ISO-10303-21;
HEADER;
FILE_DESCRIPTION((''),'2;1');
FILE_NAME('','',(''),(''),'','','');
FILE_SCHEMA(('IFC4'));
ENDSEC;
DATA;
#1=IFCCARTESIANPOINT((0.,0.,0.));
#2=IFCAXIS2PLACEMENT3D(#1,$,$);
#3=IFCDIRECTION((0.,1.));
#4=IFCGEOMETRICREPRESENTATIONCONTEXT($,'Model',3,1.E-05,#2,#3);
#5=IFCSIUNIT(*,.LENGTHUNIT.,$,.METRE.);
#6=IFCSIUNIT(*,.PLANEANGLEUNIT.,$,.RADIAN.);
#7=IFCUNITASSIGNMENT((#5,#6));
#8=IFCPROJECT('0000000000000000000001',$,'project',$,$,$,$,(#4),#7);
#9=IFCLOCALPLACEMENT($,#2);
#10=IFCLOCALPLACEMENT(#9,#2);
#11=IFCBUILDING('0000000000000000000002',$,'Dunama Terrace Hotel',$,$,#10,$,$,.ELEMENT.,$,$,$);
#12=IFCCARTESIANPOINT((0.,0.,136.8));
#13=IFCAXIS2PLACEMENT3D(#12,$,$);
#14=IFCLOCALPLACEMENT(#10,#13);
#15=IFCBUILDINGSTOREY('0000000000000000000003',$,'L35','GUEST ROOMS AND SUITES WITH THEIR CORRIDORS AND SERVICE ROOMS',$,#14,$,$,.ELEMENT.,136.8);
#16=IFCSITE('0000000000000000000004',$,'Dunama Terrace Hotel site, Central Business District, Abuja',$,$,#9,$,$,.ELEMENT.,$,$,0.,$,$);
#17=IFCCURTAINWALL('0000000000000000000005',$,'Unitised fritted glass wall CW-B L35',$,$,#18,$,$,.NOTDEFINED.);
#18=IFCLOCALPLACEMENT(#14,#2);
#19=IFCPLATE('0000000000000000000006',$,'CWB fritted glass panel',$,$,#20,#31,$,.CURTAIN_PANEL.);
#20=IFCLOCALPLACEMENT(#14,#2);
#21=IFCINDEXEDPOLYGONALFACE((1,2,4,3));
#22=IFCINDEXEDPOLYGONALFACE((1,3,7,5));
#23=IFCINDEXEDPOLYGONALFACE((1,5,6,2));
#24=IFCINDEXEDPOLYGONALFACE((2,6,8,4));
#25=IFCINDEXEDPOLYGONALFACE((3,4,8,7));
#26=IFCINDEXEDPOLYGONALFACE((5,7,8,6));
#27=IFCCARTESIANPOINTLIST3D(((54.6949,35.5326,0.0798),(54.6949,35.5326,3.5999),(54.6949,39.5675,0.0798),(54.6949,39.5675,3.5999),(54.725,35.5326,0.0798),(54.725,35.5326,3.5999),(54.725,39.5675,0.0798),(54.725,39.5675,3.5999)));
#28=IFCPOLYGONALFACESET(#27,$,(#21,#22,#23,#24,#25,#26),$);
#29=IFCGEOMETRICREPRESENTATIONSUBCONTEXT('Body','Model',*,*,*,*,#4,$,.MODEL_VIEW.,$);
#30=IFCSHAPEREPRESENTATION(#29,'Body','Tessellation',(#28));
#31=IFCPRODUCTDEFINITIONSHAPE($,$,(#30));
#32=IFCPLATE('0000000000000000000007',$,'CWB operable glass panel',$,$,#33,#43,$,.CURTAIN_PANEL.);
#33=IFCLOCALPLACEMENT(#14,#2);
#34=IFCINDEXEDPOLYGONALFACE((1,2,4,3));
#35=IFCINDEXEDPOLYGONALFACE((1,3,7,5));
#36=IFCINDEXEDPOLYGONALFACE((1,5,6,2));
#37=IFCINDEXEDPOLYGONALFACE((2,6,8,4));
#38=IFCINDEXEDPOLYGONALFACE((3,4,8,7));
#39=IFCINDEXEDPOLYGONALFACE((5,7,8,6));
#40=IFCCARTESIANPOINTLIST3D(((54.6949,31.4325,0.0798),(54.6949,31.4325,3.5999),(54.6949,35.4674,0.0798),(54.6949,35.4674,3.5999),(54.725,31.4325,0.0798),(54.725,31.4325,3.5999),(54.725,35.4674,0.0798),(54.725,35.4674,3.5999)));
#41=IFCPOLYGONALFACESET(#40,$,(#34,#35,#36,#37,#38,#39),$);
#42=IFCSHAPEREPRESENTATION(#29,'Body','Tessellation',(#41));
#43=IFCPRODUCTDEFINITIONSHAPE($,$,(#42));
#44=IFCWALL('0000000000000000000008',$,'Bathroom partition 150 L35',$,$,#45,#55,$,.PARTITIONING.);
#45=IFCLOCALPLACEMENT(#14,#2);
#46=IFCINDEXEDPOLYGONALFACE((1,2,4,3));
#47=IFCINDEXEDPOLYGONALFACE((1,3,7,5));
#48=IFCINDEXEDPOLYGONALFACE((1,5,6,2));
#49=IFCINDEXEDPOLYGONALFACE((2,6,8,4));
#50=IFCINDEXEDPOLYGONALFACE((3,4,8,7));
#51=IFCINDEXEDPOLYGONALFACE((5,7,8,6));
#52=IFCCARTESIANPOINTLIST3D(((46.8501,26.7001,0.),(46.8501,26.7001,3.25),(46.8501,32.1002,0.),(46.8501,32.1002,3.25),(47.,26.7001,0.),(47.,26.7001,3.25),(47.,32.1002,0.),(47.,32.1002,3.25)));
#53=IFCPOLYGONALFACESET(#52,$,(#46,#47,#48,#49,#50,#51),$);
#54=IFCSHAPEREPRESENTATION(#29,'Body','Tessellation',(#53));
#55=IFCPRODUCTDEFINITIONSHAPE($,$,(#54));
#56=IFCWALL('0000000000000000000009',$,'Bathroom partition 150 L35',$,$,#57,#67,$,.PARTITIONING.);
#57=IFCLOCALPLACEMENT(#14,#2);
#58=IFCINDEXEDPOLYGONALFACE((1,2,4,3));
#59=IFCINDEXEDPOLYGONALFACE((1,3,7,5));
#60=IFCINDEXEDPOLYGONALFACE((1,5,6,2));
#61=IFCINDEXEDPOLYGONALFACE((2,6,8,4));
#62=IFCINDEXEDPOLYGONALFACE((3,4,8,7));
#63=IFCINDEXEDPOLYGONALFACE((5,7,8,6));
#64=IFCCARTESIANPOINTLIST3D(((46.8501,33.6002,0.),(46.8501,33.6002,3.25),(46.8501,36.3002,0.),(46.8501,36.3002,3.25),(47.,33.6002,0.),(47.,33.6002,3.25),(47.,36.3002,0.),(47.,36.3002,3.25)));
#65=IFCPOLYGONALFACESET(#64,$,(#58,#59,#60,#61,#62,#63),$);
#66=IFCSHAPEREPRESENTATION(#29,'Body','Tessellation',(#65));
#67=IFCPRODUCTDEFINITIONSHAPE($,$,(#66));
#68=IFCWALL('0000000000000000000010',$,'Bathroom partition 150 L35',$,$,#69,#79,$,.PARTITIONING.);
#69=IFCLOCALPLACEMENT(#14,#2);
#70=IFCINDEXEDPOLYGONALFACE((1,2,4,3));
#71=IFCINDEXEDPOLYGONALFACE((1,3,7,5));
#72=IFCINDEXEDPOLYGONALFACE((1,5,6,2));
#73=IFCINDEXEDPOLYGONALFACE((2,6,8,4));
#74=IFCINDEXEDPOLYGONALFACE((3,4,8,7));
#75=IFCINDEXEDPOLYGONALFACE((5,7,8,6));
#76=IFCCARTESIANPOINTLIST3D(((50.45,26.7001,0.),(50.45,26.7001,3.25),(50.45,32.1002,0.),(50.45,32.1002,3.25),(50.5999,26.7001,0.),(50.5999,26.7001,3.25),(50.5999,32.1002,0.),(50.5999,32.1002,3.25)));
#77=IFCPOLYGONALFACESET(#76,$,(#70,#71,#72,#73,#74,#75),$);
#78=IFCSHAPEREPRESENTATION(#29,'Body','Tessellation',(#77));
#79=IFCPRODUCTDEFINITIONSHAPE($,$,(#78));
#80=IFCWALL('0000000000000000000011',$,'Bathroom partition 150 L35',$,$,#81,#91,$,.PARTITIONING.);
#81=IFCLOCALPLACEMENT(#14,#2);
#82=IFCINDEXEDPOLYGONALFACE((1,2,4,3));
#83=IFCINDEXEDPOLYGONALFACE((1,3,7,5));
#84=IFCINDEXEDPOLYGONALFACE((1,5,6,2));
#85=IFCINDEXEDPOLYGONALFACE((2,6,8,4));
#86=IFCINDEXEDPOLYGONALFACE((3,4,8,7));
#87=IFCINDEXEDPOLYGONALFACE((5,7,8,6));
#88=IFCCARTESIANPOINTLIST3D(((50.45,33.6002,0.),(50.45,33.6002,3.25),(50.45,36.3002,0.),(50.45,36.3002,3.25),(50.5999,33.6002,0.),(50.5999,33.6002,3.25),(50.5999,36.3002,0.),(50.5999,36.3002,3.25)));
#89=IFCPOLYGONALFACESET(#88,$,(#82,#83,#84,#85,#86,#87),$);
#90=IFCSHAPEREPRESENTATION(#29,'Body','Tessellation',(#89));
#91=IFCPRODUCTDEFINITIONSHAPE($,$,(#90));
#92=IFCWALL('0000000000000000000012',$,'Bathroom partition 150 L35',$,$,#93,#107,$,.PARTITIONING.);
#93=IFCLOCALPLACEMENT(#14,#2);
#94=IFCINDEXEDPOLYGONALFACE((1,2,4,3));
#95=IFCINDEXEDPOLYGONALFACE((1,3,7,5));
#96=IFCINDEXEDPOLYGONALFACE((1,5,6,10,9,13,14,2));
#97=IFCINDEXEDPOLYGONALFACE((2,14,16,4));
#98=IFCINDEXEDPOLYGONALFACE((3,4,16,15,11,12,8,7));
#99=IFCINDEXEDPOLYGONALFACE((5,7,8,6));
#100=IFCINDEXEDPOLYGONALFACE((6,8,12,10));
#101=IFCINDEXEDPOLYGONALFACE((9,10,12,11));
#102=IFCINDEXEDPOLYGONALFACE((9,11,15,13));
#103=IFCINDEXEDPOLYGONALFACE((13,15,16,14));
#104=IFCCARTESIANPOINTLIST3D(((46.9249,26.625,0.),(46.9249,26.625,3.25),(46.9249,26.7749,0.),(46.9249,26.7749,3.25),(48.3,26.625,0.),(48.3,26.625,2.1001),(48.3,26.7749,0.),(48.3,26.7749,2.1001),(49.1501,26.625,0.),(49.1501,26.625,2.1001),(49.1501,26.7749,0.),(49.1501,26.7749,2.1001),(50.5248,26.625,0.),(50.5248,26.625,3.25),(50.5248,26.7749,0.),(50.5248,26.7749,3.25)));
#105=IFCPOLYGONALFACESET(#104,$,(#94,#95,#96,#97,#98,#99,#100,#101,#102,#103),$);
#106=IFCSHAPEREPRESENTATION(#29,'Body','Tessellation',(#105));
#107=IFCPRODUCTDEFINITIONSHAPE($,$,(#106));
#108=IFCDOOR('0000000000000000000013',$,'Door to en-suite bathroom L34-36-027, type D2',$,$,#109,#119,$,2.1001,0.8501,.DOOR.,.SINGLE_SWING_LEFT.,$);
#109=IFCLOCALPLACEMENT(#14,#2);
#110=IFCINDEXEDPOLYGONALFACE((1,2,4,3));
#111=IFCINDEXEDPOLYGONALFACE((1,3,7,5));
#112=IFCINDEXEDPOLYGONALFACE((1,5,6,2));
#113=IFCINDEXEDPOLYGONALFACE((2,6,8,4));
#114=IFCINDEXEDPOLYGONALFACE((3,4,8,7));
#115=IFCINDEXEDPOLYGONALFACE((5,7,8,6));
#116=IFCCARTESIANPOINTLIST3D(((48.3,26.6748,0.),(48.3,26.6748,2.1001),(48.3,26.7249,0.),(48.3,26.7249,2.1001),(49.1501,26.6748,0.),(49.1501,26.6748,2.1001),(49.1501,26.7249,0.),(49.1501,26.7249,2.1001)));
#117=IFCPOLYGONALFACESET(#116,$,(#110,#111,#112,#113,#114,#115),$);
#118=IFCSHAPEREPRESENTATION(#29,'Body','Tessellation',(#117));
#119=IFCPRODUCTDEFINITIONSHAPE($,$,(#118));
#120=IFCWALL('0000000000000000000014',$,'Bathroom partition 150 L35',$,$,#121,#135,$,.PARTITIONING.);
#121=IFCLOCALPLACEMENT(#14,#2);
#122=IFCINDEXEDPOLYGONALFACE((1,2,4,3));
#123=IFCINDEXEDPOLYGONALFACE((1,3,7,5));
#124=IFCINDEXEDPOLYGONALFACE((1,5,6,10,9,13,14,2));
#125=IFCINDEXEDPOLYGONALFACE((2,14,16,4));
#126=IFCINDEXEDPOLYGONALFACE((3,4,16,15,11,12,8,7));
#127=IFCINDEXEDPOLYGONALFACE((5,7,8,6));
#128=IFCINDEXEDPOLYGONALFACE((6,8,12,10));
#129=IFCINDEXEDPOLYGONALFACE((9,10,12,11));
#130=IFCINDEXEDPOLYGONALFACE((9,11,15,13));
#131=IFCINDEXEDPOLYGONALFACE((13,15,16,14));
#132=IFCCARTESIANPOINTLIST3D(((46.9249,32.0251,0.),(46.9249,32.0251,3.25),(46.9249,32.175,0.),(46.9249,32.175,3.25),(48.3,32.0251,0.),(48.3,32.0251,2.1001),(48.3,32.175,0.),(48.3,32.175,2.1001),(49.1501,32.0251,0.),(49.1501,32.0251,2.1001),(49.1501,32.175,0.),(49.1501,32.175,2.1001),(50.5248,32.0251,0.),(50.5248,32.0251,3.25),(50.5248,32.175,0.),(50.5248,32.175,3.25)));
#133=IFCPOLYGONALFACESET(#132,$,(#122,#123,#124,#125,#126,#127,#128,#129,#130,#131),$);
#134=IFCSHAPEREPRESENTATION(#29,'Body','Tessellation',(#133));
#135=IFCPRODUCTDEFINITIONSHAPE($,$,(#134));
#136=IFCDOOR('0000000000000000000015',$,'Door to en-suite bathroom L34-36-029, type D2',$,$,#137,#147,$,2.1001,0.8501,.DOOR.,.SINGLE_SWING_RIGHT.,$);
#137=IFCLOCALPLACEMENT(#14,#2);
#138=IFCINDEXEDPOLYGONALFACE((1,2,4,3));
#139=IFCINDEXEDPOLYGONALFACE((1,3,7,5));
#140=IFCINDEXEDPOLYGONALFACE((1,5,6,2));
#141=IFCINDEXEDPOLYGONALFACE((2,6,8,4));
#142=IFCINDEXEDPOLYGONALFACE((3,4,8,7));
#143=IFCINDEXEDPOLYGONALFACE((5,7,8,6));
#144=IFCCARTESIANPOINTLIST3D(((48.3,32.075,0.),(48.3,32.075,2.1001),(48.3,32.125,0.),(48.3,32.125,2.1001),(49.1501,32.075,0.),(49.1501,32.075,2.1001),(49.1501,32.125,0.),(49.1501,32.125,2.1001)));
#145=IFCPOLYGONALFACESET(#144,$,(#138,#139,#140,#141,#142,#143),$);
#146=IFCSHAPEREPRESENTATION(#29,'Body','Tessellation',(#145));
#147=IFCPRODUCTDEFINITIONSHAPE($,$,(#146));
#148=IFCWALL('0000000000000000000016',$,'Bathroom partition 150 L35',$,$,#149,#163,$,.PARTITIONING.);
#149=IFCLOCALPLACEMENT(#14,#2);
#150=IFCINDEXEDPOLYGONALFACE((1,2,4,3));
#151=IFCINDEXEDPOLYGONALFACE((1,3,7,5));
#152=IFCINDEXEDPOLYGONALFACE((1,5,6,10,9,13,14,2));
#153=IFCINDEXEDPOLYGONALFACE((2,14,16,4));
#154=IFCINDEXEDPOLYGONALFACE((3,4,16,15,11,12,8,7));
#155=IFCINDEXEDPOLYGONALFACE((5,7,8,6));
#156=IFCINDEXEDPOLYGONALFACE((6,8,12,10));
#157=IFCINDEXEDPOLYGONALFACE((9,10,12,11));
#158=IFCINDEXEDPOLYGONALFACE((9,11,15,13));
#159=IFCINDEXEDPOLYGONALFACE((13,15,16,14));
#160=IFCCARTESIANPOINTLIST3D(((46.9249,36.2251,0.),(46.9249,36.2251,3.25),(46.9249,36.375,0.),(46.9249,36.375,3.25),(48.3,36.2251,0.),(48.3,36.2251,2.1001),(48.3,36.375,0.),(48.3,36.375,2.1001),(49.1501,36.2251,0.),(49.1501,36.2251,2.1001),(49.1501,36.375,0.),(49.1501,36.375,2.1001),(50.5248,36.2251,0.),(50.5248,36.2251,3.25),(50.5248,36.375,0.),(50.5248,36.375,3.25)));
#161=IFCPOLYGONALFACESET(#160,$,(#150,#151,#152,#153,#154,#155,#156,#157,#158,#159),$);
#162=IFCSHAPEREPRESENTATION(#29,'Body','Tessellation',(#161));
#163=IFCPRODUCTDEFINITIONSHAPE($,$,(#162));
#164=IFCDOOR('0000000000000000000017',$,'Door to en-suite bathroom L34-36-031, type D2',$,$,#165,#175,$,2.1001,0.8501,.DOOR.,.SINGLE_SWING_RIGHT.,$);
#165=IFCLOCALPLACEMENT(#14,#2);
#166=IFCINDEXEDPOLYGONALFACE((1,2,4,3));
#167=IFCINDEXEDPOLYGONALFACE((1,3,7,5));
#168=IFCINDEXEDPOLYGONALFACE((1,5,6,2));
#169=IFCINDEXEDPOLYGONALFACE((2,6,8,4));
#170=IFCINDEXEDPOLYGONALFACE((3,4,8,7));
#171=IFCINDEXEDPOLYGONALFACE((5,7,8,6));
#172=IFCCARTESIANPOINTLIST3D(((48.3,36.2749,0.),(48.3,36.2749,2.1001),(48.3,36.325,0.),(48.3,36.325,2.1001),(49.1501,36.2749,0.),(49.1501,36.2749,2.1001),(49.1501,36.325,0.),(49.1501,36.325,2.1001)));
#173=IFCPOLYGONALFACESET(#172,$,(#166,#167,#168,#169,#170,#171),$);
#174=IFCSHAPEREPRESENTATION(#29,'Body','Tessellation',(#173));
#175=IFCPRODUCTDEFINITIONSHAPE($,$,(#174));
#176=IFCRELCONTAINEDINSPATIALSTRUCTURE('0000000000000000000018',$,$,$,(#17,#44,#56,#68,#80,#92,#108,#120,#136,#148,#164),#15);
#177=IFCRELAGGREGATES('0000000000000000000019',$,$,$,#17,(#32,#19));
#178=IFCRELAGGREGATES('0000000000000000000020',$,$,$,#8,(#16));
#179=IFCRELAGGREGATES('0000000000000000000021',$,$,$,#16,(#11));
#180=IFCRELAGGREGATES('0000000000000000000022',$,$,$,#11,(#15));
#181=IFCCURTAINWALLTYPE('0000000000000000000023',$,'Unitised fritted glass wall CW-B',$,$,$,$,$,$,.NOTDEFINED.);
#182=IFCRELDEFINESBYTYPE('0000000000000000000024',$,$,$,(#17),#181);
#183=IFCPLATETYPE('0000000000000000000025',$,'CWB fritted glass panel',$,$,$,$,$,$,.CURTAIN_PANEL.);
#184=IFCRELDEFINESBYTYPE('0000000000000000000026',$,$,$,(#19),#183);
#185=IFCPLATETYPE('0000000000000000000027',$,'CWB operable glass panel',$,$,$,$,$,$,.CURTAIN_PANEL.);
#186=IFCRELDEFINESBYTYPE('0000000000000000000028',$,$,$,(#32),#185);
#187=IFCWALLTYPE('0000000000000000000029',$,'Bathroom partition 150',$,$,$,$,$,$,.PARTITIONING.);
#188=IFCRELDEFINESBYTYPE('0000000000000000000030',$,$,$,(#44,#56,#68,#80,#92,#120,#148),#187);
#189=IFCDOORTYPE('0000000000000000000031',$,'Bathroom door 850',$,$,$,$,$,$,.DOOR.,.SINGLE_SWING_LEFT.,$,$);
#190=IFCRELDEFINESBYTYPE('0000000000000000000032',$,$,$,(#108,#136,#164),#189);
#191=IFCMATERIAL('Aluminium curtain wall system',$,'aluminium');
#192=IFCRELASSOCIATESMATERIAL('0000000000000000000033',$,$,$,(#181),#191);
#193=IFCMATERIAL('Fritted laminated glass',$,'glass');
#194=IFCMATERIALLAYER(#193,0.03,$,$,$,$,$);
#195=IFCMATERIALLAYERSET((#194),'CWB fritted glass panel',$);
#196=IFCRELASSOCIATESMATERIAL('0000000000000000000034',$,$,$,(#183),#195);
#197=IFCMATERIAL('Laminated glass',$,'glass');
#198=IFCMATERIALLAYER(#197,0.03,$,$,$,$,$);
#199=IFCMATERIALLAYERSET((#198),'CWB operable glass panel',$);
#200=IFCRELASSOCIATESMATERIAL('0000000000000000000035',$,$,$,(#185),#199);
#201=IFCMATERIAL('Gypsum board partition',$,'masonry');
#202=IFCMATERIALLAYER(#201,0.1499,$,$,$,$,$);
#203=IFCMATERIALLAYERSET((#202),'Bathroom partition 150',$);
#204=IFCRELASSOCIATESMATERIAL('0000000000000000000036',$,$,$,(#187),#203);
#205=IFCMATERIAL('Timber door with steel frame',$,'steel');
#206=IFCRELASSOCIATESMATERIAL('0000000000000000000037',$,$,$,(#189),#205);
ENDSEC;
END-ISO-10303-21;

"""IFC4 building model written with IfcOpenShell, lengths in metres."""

from ifc_helpers import new_model, si_unit, direction, frame, frame_2d, origin, origin_2d, place, context, subcontext, project, spatial, rectangle, extrude, material, layer, layer_set, type_object, element, fill, aggregate, save


model = new_model("IFC4")

# Units and contexts
model_context = context("Model", 3, precision=1e-05, world=origin(), true_north=direction((0.0, 1.0)))
body_context = subcontext(model_context, "Body", "Model", "MODEL_VIEW")
ifc_project = project(units=[si_unit("LENGTHUNIT", "METRE"), si_unit("PLANEANGLEUNIT", "RADIAN")], contexts=[model_context])

# Site, building, storey
site_placement = place(None, origin())
site = spatial("IfcSite", under=ifc_project, at=site_placement, Name="Dunama Terrace Hotel site, Central Business District, Abuja", CompositionType="ELEMENT", RefElevation=0.0)
building_placement = place(site_placement, origin())
building = spatial("IfcBuilding", under=site, at=building_placement, Name="Dunama Terrace Hotel", CompositionType="ELEMENT")
storey_placement = place(building_placement, frame((0.0, 0.0, 136.8)))
storey = spatial("IfcBuildingStorey", under=building, at=storey_placement, Name="L35", Description="GUEST ROOMS AND SUITES WITH THEIR CORRIDORS AND SERVICE ROOMS", CompositionType="ELEMENT", Elevation=136.8)

# Curtain wall
ifc_material_1 = material(Name="Aluminium curtain wall system", Category="aluminium")
curtain_wall_type = type_object("IfcCurtainWallType", Name="Unitised fritted glass wall CW-B", PredefinedType="NOTDEFINED", material=ifc_material_1)
curtain_wall_placement = place(storey_placement, origin())
curtain_wall = element("IfcCurtainWall", 1, at=curtain_wall_placement, inside=storey, type_object=curtain_wall_type, Name="Unitised fritted glass wall CW-B L35", PredefinedType="NOTDEFINED")

# Plates
ifc_material_2 = material(Name="Fritted laminated glass", Category="glass")
ifc_layer_1 = layer(ifc_material_2, 0.03)
ifc_layer_set_1 = layer_set([ifc_layer_1], Name="CWB fritted glass panel")
plate_type_1 = type_object("IfcPlateType", Name="CWB fritted glass panel", PredefinedType="CURTAIN_PANEL", material=ifc_layer_set_1)
plate_1_placement = place(storey_placement, frame((54.71, 37.55, 0.0798), z_axis=(0.0, 0.0, 1.0), x_axis=(0.0, 1.0, 0.0)))
plate_1 = element("IfcPlate", 2, at=plate_1_placement, type_object=plate_type_1, Name="CWB fritted glass panel", PredefinedType="CURTAIN_PANEL", context=body_context, shape_type="SweptSolid", body=[
    extrude(rectangle(XDim=4.0349, YDim=0.03, at=origin_2d()), origin(), (0.0, 0.0, 1.0), 3.52),
])
ifc_material_3 = material(Name="Laminated glass", Category="glass")
ifc_layer_2 = layer(ifc_material_3, 0.03)
ifc_layer_set_2 = layer_set([ifc_layer_2], Name="CWB operable glass panel")
plate_type_2 = type_object("IfcPlateType", Name="CWB operable glass panel", PredefinedType="CURTAIN_PANEL", material=ifc_layer_set_2)
plate_2_placement = place(storey_placement, frame((54.71, 33.45, 0.0798), z_axis=(0.0, 0.0, 1.0), x_axis=(0.0, 1.0, 0.0)))
plate_2 = element("IfcPlate", 3, at=plate_2_placement, type_object=plate_type_2, Name="CWB operable glass panel", PredefinedType="CURTAIN_PANEL", context=body_context, shape_type="SweptSolid", body=[
    extrude(rectangle(XDim=4.0349, YDim=0.03, at=origin_2d()), origin(), (0.0, 0.0, 1.0), 3.52),
])
aggregate(curtain_wall, [plate_2, plate_1])

# Walls
ifc_material_4 = material(Name="Gypsum board partition", Category="masonry")
ifc_layer_3 = layer(ifc_material_4, 0.1499)
ifc_layer_set_3 = layer_set([ifc_layer_3], Name="Bathroom partition 150")
wall_type = type_object("IfcWallType", Name="Bathroom partition 150", PredefinedType="PARTITIONING", material=ifc_layer_set_3)
wall_1_placement = place(storey_placement, frame((46.925, 26.7, 0.0), z_axis=(0.0, 0.0, 1.0), x_axis=(0.0, 1.0, 0.0)))
element("IfcWall", 4, at=wall_1_placement, inside=storey, type_object=wall_type, Name="Bathroom partition 150 L35", PredefinedType="PARTITIONING", context=body_context, shape_type="SweptSolid", body=[
    extrude(rectangle(XDim=5.4001, YDim=0.1499, at=frame_2d((2.7002, 0.0))), origin(), (0.0, 0.0, 1.0), 3.25),
])
wall_2_placement = place(storey_placement, frame((46.925, 33.6001, 0.0), z_axis=(0.0, 0.0, 1.0), x_axis=(0.0, 1.0, 0.0)))
element("IfcWall", 5, at=wall_2_placement, inside=storey, type_object=wall_type, Name="Bathroom partition 150 L35", PredefinedType="PARTITIONING", context=body_context, shape_type="SweptSolid", body=[
    extrude(rectangle(XDim=2.7, YDim=0.1499, at=frame_2d((1.3501, 0.0))), origin(), (0.0, 0.0, 1.0), 3.25),
])
wall_3_placement = place(storey_placement, frame((50.5249, 26.7, 0.0), z_axis=(0.0, 0.0, 1.0), x_axis=(0.0, 1.0, 0.0)))
element("IfcWall", 6, at=wall_3_placement, inside=storey, type_object=wall_type, Name="Bathroom partition 150 L35", PredefinedType="PARTITIONING", context=body_context, shape_type="SweptSolid", body=[
    extrude(rectangle(XDim=5.4001, YDim=0.1499, at=frame_2d((2.7002, 0.0))), origin(), (0.0, 0.0, 1.0), 3.25),
])
wall_4_placement = place(storey_placement, frame((50.5249, 33.6001, 0.0), z_axis=(0.0, 0.0, 1.0), x_axis=(0.0, 1.0, 0.0)))
element("IfcWall", 7, at=wall_4_placement, inside=storey, type_object=wall_type, Name="Bathroom partition 150 L35", PredefinedType="PARTITIONING", context=body_context, shape_type="SweptSolid", body=[
    extrude(rectangle(XDim=2.7, YDim=0.1499, at=frame_2d((1.3501, 0.0))), origin(), (0.0, 0.0, 1.0), 3.25),
])

# Walls, openings, doors
wall_5_placement = place(storey_placement, frame((46.925, 26.7, 0.0), z_axis=(0.0, 0.0, 1.0), x_axis=(1.0, 0.0, 0.0)))
wall_5 = element("IfcWall", 8, at=wall_5_placement, inside=storey, type_object=wall_type, Name="Bathroom partition 150 L35", PredefinedType="PARTITIONING", context=body_context, shape_type="SweptSolid", body=[
    extrude(rectangle(XDim=3.5999, YDim=0.1499, at=frame_2d((1.7998, 0.0))), origin(), (0.0, 0.0, 1.0), 3.25),
])
opening_1_placement = place(wall_5_placement, frame((1.375, 0.0, 0.0)))
opening_1 = element("IfcOpeningElement", 9, at=opening_1_placement, cuts=wall_5, PredefinedType="OPENING", context=body_context, shape_type="SweptSolid", body=[
    extrude(rectangle(XDim=0.8501, YDim=2.1001, at=frame_2d((0.425, 1.05))), frame((0.0, 0.085, 0.0), z_axis=(0.0, -1.0, 0.0), x_axis=(1.0, 0.0, 0.0)), (0.0, 0.0, 1.0), 0.1699),
])
ifc_material_5 = material(Name="Timber door with steel frame", Category="steel")
door_type = type_object("IfcDoorType", Name="Bathroom door 850", OperationType="SINGLE_SWING_LEFT", PredefinedType="DOOR", material=ifc_material_5)
door_1_placement = place(opening_1_placement, origin())
door_1 = element("IfcDoor", 10, at=door_1_placement, inside=storey, type_object=door_type, Name="Door to en-suite bathroom L34-36-027, type D2", OperationType="SINGLE_SWING_LEFT", OverallHeight=2.1001, OverallWidth=0.8501, PredefinedType="DOOR", context=body_context, shape_type="SweptSolid", body=[
    extrude(rectangle(XDim=0.8501, YDim=2.1001, at=frame_2d((0.425, 1.05))), frame((0.0, 0.0249, 0.0), z_axis=(0.0, -1.0, 0.0), x_axis=(1.0, 0.0, 0.0)), (0.0, 0.0, 1.0), 0.05),
])
fill(opening_1, door_1)
wall_6_placement = place(storey_placement, frame((46.925, 32.1001, 0.0), z_axis=(0.0, 0.0, 1.0), x_axis=(1.0, 0.0, 0.0)))
wall_6 = element("IfcWall", 11, at=wall_6_placement, inside=storey, type_object=wall_type, Name="Bathroom partition 150 L35", PredefinedType="PARTITIONING", context=body_context, shape_type="SweptSolid", body=[
    extrude(rectangle(XDim=3.5999, YDim=0.1499, at=frame_2d((1.7998, 0.0))), origin(), (0.0, 0.0, 1.0), 3.25),
])
opening_2_placement = place(wall_6_placement, frame((1.375, 0.0, 0.0)))
opening_2 = element("IfcOpeningElement", 12, at=opening_2_placement, cuts=wall_6, PredefinedType="OPENING", context=body_context, shape_type="SweptSolid", body=[
    extrude(rectangle(XDim=0.8501, YDim=2.1001, at=frame_2d((0.425, 1.05))), frame((0.0, 0.085, 0.0), z_axis=(0.0, -1.0, 0.0), x_axis=(1.0, 0.0, 0.0)), (0.0, 0.0, 1.0), 0.1699),
])
door_2_placement = place(opening_2_placement, frame((0.8501, 0.0, 0.0), z_axis=(0.0, 0.0, 1.0), x_axis=(-1.0, 0.0, 0.0)))
door_2 = element("IfcDoor", 13, at=door_2_placement, inside=storey, type_object=door_type, Name="Door to en-suite bathroom L34-36-029, type D2", OperationType="SINGLE_SWING_RIGHT", OverallHeight=2.1001, OverallWidth=0.8501, PredefinedType="DOOR", context=body_context, shape_type="SweptSolid", body=[
    extrude(rectangle(XDim=0.8501, YDim=2.1001, at=frame_2d((0.425, 1.05))), frame((0.0, 0.0251, 0.0), z_axis=(0.0, -1.0, 0.0), x_axis=(1.0, 0.0, 0.0)), (0.0, 0.0, 1.0), 0.05),
])
fill(opening_2, door_2)
wall_7_placement = place(storey_placement, frame((46.925, 36.3, 0.0), z_axis=(0.0, 0.0, 1.0), x_axis=(1.0, 0.0, 0.0)))
wall_7 = element("IfcWall", 14, at=wall_7_placement, inside=storey, type_object=wall_type, Name="Bathroom partition 150 L35", PredefinedType="PARTITIONING", context=body_context, shape_type="SweptSolid", body=[
    extrude(rectangle(XDim=3.5999, YDim=0.1499, at=frame_2d((1.7998, 0.0))), origin(), (0.0, 0.0, 1.0), 3.25),
])
opening_3_placement = place(wall_7_placement, frame((1.375, 0.0, 0.0)))
opening_3 = element("IfcOpeningElement", 15, at=opening_3_placement, cuts=wall_7, PredefinedType="OPENING", context=body_context, shape_type="SweptSolid", body=[
    extrude(rectangle(XDim=0.8501, YDim=2.1001, at=frame_2d((0.425, 1.05))), frame((0.0, 0.085, 0.0), z_axis=(0.0, -1.0, 0.0), x_axis=(1.0, 0.0, 0.0)), (0.0, 0.0, 1.0), 0.1699),
])
door_3_placement = place(opening_3_placement, frame((0.8501, 0.0, 0.0), z_axis=(0.0, 0.0, 1.0), x_axis=(-1.0, 0.0, 0.0)))
door_3 = element("IfcDoor", 16, at=door_3_placement, inside=storey, type_object=door_type, Name="Door to en-suite bathroom L34-36-031, type D2", OperationType="SINGLE_SWING_RIGHT", OverallHeight=2.1001, OverallWidth=0.8501, PredefinedType="DOOR", context=body_context, shape_type="SweptSolid", body=[
    extrude(rectangle(XDim=0.8501, YDim=2.1001, at=frame_2d((0.425, 1.05))), frame((0.0, 0.0251, 0.0), z_axis=(0.0, -1.0, 0.0), x_axis=(1.0, 0.0, 0.0)), (0.0, 0.0, 1.0), 0.05),
])
fill(opening_3, door_3)

save(model, "model.ifc")
